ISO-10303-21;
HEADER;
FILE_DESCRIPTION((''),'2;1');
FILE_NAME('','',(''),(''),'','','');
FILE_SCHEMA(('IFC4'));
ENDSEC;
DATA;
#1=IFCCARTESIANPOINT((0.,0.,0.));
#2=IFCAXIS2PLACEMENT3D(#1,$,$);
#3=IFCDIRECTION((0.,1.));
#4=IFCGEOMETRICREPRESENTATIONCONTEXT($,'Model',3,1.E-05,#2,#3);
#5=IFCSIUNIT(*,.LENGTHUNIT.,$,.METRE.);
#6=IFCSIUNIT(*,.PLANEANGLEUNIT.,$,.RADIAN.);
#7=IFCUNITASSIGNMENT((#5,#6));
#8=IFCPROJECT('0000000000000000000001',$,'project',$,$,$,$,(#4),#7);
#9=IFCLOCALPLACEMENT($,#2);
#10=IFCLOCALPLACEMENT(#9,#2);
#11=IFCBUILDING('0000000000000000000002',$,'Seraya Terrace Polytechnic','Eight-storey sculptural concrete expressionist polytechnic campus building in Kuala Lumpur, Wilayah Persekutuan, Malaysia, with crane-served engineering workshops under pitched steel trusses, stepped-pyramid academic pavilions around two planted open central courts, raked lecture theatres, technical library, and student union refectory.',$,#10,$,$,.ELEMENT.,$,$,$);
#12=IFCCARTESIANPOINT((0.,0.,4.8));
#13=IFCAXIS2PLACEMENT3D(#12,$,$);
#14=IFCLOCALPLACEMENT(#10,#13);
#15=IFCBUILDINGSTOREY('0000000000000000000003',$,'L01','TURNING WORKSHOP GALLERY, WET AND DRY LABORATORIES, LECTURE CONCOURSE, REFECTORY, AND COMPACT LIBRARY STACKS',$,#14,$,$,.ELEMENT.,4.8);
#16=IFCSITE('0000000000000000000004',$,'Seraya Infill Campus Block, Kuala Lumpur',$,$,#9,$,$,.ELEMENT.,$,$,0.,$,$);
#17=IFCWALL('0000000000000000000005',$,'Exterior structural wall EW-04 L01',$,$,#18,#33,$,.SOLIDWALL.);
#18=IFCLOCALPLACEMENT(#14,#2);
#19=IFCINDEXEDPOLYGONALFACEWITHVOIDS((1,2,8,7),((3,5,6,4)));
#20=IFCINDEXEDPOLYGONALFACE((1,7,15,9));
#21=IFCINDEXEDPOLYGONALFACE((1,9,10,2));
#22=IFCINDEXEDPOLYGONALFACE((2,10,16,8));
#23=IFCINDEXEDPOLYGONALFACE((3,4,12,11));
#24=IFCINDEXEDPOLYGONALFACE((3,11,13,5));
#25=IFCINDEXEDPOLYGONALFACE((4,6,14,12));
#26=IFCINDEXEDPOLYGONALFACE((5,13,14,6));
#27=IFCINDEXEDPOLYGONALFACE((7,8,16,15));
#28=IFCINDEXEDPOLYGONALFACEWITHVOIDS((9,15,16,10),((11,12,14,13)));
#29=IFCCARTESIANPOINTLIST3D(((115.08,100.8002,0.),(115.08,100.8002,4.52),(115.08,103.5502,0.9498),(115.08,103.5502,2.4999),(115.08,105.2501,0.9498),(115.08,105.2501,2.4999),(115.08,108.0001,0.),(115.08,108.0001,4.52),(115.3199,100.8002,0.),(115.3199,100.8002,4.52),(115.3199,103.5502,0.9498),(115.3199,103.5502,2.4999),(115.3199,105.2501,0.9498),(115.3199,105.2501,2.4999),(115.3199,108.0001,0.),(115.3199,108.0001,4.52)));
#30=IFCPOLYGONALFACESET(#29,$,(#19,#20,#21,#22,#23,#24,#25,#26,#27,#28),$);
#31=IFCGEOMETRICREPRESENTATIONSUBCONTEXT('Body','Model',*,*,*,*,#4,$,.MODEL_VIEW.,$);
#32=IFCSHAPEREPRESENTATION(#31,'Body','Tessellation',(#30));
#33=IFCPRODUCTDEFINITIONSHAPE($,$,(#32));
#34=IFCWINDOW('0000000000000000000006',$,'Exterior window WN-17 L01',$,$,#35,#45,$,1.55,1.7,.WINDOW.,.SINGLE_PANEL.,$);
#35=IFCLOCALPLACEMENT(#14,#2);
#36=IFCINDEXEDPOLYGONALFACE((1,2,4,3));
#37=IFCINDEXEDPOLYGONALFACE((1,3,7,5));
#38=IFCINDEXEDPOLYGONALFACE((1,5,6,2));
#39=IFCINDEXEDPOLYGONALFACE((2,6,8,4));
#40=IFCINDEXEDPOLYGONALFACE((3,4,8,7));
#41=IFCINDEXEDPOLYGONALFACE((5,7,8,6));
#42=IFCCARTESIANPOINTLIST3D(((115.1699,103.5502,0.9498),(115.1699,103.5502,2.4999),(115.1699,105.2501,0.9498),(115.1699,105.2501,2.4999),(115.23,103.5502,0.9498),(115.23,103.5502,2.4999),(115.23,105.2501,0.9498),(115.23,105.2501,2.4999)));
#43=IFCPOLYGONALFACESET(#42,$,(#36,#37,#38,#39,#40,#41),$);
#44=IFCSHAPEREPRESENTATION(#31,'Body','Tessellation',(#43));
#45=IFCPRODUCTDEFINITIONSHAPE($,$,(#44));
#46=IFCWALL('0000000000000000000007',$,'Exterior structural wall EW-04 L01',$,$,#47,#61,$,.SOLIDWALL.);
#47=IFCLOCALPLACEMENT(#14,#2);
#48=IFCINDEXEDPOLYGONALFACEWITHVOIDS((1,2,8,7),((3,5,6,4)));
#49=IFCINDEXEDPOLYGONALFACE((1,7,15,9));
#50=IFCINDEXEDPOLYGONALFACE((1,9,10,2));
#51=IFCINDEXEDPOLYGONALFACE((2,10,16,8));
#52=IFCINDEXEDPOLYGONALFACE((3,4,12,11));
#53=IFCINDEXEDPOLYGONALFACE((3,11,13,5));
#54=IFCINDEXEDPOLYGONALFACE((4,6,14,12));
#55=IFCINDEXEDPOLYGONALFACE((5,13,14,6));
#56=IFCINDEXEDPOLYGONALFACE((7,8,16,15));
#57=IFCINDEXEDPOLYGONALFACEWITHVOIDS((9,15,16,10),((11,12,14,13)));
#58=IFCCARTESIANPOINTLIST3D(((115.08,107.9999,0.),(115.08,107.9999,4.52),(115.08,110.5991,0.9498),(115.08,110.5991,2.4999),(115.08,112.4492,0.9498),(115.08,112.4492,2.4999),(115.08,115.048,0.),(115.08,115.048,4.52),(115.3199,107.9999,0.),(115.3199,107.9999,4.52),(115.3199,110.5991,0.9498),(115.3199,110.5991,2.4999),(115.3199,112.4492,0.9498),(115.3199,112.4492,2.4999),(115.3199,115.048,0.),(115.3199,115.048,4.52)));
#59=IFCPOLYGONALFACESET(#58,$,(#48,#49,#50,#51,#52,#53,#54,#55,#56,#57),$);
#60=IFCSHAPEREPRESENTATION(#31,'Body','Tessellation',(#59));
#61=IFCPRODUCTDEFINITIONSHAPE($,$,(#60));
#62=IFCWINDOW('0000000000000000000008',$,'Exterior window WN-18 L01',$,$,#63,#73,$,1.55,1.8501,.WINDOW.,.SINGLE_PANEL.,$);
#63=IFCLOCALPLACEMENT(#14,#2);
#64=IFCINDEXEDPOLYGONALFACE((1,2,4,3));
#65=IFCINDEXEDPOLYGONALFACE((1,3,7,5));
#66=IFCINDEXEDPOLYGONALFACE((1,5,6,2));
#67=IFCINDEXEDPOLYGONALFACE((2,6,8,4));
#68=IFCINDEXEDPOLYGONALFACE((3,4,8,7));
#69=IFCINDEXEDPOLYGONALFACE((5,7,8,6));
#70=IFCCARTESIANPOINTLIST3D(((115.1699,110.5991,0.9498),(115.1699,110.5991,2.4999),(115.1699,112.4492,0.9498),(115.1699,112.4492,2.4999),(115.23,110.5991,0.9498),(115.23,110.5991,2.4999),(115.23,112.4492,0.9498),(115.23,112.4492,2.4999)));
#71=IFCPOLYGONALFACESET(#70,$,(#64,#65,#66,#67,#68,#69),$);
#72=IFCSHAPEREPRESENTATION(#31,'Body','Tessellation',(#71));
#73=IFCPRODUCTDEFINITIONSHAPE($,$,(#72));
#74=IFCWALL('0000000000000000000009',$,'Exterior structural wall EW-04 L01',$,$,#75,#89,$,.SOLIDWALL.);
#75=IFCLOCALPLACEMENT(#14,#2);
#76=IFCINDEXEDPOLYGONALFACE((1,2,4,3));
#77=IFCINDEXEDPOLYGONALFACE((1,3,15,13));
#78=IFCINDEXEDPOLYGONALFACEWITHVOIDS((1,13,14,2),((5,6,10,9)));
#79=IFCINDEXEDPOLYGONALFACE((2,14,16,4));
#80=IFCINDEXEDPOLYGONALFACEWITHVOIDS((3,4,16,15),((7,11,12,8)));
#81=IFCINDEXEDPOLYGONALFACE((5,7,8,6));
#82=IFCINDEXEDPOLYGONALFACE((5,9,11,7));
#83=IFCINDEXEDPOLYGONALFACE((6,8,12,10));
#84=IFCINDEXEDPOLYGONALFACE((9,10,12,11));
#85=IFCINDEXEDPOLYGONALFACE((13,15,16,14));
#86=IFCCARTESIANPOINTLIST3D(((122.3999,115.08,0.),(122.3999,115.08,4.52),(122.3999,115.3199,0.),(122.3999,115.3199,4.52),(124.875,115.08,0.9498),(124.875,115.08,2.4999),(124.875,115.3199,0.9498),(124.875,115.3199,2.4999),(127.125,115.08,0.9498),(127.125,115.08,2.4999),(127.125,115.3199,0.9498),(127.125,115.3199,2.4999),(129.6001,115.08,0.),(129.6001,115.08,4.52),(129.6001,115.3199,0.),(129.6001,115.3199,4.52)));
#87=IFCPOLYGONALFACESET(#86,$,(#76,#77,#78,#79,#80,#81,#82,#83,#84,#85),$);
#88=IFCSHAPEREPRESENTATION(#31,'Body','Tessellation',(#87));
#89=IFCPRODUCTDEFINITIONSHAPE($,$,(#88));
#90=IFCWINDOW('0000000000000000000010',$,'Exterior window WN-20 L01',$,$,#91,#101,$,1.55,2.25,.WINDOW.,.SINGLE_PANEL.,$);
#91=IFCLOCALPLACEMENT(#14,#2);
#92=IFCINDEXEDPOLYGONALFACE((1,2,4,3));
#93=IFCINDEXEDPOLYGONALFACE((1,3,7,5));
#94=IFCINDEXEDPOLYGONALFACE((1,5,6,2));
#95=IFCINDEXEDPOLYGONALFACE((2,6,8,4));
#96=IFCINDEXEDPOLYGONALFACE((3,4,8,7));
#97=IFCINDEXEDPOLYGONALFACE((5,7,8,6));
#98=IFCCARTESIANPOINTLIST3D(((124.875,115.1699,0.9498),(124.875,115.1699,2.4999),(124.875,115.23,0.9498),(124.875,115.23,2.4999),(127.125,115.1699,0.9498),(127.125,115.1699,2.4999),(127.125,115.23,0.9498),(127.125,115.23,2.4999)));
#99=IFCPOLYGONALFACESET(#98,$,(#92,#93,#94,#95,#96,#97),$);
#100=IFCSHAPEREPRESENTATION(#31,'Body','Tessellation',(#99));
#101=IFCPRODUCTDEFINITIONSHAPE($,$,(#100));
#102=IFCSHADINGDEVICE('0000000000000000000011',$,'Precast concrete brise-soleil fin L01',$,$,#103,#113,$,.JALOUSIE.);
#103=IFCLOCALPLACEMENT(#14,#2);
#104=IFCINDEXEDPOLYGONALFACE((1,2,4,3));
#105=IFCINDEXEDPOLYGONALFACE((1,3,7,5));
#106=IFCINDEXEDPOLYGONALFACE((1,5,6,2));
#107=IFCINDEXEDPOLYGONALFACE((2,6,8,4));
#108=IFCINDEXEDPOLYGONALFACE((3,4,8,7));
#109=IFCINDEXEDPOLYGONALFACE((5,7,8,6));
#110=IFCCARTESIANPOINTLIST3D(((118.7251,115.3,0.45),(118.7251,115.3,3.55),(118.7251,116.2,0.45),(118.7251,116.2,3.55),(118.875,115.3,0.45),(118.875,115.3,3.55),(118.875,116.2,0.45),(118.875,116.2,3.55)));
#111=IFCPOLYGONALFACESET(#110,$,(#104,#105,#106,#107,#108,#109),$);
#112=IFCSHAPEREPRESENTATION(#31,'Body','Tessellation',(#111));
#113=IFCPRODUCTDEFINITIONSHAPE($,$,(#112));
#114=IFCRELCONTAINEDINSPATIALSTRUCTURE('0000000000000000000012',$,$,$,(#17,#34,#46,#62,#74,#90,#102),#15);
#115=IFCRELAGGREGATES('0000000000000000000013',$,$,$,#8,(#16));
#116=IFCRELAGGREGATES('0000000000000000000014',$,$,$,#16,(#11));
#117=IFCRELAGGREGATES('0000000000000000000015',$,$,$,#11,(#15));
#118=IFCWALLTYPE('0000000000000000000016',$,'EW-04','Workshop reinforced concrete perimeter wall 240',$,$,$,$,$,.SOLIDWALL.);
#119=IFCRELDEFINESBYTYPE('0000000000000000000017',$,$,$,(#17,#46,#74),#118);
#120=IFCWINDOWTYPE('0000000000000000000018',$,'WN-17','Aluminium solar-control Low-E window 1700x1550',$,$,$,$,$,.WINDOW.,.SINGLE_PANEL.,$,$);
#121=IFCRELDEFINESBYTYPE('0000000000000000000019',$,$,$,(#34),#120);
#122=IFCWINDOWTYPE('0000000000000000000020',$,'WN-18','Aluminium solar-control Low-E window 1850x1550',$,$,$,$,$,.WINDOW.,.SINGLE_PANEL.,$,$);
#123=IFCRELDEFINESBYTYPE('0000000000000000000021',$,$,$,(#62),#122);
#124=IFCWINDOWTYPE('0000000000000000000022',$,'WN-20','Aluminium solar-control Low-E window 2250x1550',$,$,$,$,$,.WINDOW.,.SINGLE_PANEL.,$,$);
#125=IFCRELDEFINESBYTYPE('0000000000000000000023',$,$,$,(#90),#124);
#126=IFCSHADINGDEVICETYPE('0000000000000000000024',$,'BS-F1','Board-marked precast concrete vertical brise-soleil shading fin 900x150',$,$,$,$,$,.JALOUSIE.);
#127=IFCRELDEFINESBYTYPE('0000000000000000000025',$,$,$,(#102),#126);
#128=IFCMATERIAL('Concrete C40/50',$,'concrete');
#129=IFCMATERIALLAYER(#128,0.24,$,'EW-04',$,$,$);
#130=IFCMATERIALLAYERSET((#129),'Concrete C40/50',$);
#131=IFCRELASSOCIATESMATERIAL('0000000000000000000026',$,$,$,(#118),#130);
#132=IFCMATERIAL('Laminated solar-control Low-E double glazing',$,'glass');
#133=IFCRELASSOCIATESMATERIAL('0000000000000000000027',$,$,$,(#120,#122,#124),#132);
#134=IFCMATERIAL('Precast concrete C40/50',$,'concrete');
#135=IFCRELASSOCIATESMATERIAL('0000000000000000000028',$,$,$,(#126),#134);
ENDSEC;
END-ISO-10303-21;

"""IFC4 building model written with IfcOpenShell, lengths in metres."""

from ifc_helpers import new_model, si_unit, direction, frame, frame_2d, origin, origin_2d, place, context, subcontext, project, spatial, rectangle, extrude, material, layer, layer_set, type_object, element, fill, save


model = new_model("IFC4")

# Units and contexts
model_context = context("Model", 3, precision=1e-05, world=origin(), true_north=direction((0.0, 1.0)))
body_context = subcontext(model_context, "Body", "Model", "MODEL_VIEW")
ifc_project = project(units=[si_unit("LENGTHUNIT", "METRE"), si_unit("PLANEANGLEUNIT", "RADIAN")], contexts=[model_context])

# Site, building, storey
site_placement = place(None, origin())
site = spatial("IfcSite", under=ifc_project, at=site_placement, Name="Seraya Infill Campus Block, Kuala Lumpur", CompositionType="ELEMENT", RefElevation=0.0)
building_placement = place(site_placement, origin())
building = spatial("IfcBuilding", under=site, at=building_placement, Name="Seraya Terrace Polytechnic", Description="Eight-storey sculptural concrete expressionist polytechnic campus building in Kuala Lumpur, Wilayah Persekutuan, Malaysia, with crane-served engineering workshops under pitched steel trusses, stepped-pyramid academic pavilions around two planted open central courts, raked lecture theatres, technical library, and student union refectory.", CompositionType="ELEMENT")
storey_placement = place(building_placement, frame((0.0, 0.0, 4.8)))
storey = spatial("IfcBuildingStorey", under=building, at=storey_placement, Name="L01", Description="TURNING WORKSHOP GALLERY, WET AND DRY LABORATORIES, LECTURE CONCOURSE, REFECTORY, AND COMPACT LIBRARY STACKS", CompositionType="ELEMENT", Elevation=4.8)

# Shared definitions
ifc_material_1 = material(Name="Concrete C40/50", Category="concrete")

# Walls, openings, windows
ifc_layer = layer(ifc_material_1, 0.24, Name="EW-04")
ifc_layer_set = layer_set([ifc_layer], Name="Concrete C40/50")
wall_type = type_object("IfcWallType", Name="EW-04", Description="Workshop reinforced concrete perimeter wall 240", PredefinedType="SOLIDWALL", material=ifc_layer_set)
wall_1_placement = place(storey_placement, frame((115.2, 100.8, 0.0), z_axis=(0.0, 0.0, 1.0), x_axis=(0.0, 1.0, 0.0)))
wall_1 = element("IfcWall", 1, at=wall_1_placement, inside=storey, type_object=wall_type, Name="Exterior structural wall EW-04 L01", PredefinedType="SOLIDWALL", context=body_context, shape_type="SweptSolid", body=[
    extrude(rectangle(XDim=7.2, YDim=0.24, at=frame_2d((3.6001, 0.0))), origin(), (0.0, 0.0, 1.0), 4.52),
])
opening_1_placement = place(wall_1_placement, frame((2.75, 0.0, 0.95)))
opening_1 = element("IfcOpeningElement", 2, at=opening_1_placement, cuts=wall_1, PredefinedType="OPENING", context=body_context, shape_type="SweptSolid", body=[
    extrude(rectangle(XDim=1.7, YDim=1.55, at=frame_2d((0.8501, 0.7749))), frame((0.0, 0.1318, 0.0), z_axis=(0.0, -1.0, 0.0), x_axis=(1.0, 0.0, 0.0)), (0.0, 0.0, 1.0), 0.2639),
])
ifc_material_2 = material(Name="Laminated solar-control Low-E double glazing", Category="glass")
window_type_1 = type_object("IfcWindowType", Name="WN-17", Description="Aluminium solar-control Low-E window 1700x1550", PartitioningType="SINGLE_PANEL", PredefinedType="WINDOW", material=ifc_material_2)
window_1_placement = place(opening_1_placement, origin())
window_1 = element("IfcWindow", 3, at=window_1_placement, inside=storey, type_object=window_type_1, Name="Exterior window WN-17 L01", OverallHeight=1.55, OverallWidth=1.7, PartitioningType="SINGLE_PANEL", PredefinedType="WINDOW", context=body_context, shape_type="SweptSolid", body=[
    extrude(rectangle(XDim=1.7, YDim=1.55, at=frame_2d((0.8501, 0.7749))), frame((0.0, 0.03, 0.0), z_axis=(0.0, -1.0, 0.0), x_axis=(1.0, 0.0, 0.0)), (0.0, 0.0, 1.0), 0.0601),
])
fill(opening_1, window_1)
wall_2_placement = place(storey_placement, frame((115.2, 108.0, 0.0), z_axis=(0.0, 0.0, 1.0), x_axis=(0.0, 1.0, 0.0)))
wall_2 = element("IfcWall", 4, at=wall_2_placement, inside=storey, type_object=wall_type, Name="Exterior structural wall EW-04 L01", PredefinedType="SOLIDWALL", context=body_context, shape_type="SweptSolid", body=[
    extrude(rectangle(XDim=7.0481, YDim=0.24, at=frame_2d((3.5239, 0.0))), origin(), (0.0, 0.0, 1.0), 4.52),
])
opening_2_placement = place(wall_2_placement, frame((2.5991, 0.0, 0.95)))
opening_2 = element("IfcOpeningElement", 5, at=opening_2_placement, cuts=wall_2, PredefinedType="OPENING", context=body_context, shape_type="SweptSolid", body=[
    extrude(rectangle(XDim=1.8501, YDim=1.55, at=frame_2d((0.925, 0.7749))), frame((0.0, 0.1318, 0.0), z_axis=(0.0, -1.0, 0.0), x_axis=(1.0, 0.0, 0.0)), (0.0, 0.0, 1.0), 0.2639),
])
window_type_2 = type_object("IfcWindowType", Name="WN-18", Description="Aluminium solar-control Low-E window 1850x1550", PartitioningType="SINGLE_PANEL", PredefinedType="WINDOW", material=ifc_material_2)
window_2_placement = place(opening_2_placement, origin())
window_2 = element("IfcWindow", 6, at=window_2_placement, inside=storey, type_object=window_type_2, Name="Exterior window WN-18 L01", OverallHeight=1.55, OverallWidth=1.8501, PartitioningType="SINGLE_PANEL", PredefinedType="WINDOW", context=body_context, shape_type="SweptSolid", body=[
    extrude(rectangle(XDim=1.8501, YDim=1.55, at=frame_2d((0.925, 0.7749))), frame((0.0, 0.03, 0.0), z_axis=(0.0, -1.0, 0.0), x_axis=(1.0, 0.0, 0.0)), (0.0, 0.0, 1.0), 0.0601),
])
fill(opening_2, window_2)
wall_3_placement = place(storey_placement, frame((122.3999, 115.2, 0.0), z_axis=(0.0, 0.0, 1.0), x_axis=(1.0, 0.0, 0.0)))
wall_3 = element("IfcWall", 7, at=wall_3_placement, inside=storey, type_object=wall_type, Name="Exterior structural wall EW-04 L01", PredefinedType="SOLIDWALL", context=body_context, shape_type="SweptSolid", body=[
    extrude(rectangle(XDim=7.2002, YDim=0.24, at=frame_2d((3.6001, 0.0))), origin(), (0.0, 0.0, 1.0), 4.52),
])
opening_3_placement = place(wall_3_placement, frame((2.4751, 0.0, 0.95)))
opening_3 = element("IfcOpeningElement", 8, at=opening_3_placement, cuts=wall_3, PredefinedType="OPENING", context=body_context, shape_type="SweptSolid", body=[
    extrude(rectangle(XDim=2.25, YDim=1.55, at=frame_2d((1.125, 0.7749))), frame((0.0, 0.1318, 0.0), z_axis=(0.0, -1.0, 0.0), x_axis=(1.0, 0.0, 0.0)), (0.0, 0.0, 1.0), 0.2639),
])
window_type_3 = type_object("IfcWindowType", Name="WN-20", Description="Aluminium solar-control Low-E window 2250x1550", PartitioningType="SINGLE_PANEL", PredefinedType="WINDOW", material=ifc_material_2)
window_3_placement = place(opening_3_placement, origin())
window_3 = element("IfcWindow", 9, at=window_3_placement, inside=storey, type_object=window_type_3, Name="Exterior window WN-20 L01", OverallHeight=1.55, OverallWidth=2.25, PartitioningType="SINGLE_PANEL", PredefinedType="WINDOW", context=body_context, shape_type="SweptSolid", body=[
    extrude(rectangle(XDim=2.25, YDim=1.55, at=frame_2d((1.125, 0.7749))), frame((0.0, 0.03, 0.0), z_axis=(0.0, -1.0, 0.0), x_axis=(1.0, 0.0, 0.0)), (0.0, 0.0, 1.0), 0.0601),
])
fill(opening_3, window_3)

# Shading device
ifc_material_3 = material(Name="Precast concrete C40/50", Category="concrete")
shading_device_type = type_object("IfcShadingDeviceType", Name="BS-F1", Description="Board-marked precast concrete vertical brise-soleil shading fin 900x150", PredefinedType="JALOUSIE", material=ifc_material_3)
shading_device_placement = place(storey_placement, frame((118.8, 115.75, 0.45), z_axis=(0.0, 0.0, 1.0), x_axis=(0.0, 1.0, 0.0)))
element("IfcShadingDevice", 10, at=shading_device_placement, inside=storey, type_object=shading_device_type, Name="Precast concrete brise-soleil fin L01", PredefinedType="JALOUSIE", context=body_context, shape_type="SweptSolid", body=[
    extrude(rectangle(XDim=0.8999, YDim=0.1499, at=origin_2d()), origin(), (0.0, 0.0, 1.0), 3.1001),
])

save(model, "model.ifc")
